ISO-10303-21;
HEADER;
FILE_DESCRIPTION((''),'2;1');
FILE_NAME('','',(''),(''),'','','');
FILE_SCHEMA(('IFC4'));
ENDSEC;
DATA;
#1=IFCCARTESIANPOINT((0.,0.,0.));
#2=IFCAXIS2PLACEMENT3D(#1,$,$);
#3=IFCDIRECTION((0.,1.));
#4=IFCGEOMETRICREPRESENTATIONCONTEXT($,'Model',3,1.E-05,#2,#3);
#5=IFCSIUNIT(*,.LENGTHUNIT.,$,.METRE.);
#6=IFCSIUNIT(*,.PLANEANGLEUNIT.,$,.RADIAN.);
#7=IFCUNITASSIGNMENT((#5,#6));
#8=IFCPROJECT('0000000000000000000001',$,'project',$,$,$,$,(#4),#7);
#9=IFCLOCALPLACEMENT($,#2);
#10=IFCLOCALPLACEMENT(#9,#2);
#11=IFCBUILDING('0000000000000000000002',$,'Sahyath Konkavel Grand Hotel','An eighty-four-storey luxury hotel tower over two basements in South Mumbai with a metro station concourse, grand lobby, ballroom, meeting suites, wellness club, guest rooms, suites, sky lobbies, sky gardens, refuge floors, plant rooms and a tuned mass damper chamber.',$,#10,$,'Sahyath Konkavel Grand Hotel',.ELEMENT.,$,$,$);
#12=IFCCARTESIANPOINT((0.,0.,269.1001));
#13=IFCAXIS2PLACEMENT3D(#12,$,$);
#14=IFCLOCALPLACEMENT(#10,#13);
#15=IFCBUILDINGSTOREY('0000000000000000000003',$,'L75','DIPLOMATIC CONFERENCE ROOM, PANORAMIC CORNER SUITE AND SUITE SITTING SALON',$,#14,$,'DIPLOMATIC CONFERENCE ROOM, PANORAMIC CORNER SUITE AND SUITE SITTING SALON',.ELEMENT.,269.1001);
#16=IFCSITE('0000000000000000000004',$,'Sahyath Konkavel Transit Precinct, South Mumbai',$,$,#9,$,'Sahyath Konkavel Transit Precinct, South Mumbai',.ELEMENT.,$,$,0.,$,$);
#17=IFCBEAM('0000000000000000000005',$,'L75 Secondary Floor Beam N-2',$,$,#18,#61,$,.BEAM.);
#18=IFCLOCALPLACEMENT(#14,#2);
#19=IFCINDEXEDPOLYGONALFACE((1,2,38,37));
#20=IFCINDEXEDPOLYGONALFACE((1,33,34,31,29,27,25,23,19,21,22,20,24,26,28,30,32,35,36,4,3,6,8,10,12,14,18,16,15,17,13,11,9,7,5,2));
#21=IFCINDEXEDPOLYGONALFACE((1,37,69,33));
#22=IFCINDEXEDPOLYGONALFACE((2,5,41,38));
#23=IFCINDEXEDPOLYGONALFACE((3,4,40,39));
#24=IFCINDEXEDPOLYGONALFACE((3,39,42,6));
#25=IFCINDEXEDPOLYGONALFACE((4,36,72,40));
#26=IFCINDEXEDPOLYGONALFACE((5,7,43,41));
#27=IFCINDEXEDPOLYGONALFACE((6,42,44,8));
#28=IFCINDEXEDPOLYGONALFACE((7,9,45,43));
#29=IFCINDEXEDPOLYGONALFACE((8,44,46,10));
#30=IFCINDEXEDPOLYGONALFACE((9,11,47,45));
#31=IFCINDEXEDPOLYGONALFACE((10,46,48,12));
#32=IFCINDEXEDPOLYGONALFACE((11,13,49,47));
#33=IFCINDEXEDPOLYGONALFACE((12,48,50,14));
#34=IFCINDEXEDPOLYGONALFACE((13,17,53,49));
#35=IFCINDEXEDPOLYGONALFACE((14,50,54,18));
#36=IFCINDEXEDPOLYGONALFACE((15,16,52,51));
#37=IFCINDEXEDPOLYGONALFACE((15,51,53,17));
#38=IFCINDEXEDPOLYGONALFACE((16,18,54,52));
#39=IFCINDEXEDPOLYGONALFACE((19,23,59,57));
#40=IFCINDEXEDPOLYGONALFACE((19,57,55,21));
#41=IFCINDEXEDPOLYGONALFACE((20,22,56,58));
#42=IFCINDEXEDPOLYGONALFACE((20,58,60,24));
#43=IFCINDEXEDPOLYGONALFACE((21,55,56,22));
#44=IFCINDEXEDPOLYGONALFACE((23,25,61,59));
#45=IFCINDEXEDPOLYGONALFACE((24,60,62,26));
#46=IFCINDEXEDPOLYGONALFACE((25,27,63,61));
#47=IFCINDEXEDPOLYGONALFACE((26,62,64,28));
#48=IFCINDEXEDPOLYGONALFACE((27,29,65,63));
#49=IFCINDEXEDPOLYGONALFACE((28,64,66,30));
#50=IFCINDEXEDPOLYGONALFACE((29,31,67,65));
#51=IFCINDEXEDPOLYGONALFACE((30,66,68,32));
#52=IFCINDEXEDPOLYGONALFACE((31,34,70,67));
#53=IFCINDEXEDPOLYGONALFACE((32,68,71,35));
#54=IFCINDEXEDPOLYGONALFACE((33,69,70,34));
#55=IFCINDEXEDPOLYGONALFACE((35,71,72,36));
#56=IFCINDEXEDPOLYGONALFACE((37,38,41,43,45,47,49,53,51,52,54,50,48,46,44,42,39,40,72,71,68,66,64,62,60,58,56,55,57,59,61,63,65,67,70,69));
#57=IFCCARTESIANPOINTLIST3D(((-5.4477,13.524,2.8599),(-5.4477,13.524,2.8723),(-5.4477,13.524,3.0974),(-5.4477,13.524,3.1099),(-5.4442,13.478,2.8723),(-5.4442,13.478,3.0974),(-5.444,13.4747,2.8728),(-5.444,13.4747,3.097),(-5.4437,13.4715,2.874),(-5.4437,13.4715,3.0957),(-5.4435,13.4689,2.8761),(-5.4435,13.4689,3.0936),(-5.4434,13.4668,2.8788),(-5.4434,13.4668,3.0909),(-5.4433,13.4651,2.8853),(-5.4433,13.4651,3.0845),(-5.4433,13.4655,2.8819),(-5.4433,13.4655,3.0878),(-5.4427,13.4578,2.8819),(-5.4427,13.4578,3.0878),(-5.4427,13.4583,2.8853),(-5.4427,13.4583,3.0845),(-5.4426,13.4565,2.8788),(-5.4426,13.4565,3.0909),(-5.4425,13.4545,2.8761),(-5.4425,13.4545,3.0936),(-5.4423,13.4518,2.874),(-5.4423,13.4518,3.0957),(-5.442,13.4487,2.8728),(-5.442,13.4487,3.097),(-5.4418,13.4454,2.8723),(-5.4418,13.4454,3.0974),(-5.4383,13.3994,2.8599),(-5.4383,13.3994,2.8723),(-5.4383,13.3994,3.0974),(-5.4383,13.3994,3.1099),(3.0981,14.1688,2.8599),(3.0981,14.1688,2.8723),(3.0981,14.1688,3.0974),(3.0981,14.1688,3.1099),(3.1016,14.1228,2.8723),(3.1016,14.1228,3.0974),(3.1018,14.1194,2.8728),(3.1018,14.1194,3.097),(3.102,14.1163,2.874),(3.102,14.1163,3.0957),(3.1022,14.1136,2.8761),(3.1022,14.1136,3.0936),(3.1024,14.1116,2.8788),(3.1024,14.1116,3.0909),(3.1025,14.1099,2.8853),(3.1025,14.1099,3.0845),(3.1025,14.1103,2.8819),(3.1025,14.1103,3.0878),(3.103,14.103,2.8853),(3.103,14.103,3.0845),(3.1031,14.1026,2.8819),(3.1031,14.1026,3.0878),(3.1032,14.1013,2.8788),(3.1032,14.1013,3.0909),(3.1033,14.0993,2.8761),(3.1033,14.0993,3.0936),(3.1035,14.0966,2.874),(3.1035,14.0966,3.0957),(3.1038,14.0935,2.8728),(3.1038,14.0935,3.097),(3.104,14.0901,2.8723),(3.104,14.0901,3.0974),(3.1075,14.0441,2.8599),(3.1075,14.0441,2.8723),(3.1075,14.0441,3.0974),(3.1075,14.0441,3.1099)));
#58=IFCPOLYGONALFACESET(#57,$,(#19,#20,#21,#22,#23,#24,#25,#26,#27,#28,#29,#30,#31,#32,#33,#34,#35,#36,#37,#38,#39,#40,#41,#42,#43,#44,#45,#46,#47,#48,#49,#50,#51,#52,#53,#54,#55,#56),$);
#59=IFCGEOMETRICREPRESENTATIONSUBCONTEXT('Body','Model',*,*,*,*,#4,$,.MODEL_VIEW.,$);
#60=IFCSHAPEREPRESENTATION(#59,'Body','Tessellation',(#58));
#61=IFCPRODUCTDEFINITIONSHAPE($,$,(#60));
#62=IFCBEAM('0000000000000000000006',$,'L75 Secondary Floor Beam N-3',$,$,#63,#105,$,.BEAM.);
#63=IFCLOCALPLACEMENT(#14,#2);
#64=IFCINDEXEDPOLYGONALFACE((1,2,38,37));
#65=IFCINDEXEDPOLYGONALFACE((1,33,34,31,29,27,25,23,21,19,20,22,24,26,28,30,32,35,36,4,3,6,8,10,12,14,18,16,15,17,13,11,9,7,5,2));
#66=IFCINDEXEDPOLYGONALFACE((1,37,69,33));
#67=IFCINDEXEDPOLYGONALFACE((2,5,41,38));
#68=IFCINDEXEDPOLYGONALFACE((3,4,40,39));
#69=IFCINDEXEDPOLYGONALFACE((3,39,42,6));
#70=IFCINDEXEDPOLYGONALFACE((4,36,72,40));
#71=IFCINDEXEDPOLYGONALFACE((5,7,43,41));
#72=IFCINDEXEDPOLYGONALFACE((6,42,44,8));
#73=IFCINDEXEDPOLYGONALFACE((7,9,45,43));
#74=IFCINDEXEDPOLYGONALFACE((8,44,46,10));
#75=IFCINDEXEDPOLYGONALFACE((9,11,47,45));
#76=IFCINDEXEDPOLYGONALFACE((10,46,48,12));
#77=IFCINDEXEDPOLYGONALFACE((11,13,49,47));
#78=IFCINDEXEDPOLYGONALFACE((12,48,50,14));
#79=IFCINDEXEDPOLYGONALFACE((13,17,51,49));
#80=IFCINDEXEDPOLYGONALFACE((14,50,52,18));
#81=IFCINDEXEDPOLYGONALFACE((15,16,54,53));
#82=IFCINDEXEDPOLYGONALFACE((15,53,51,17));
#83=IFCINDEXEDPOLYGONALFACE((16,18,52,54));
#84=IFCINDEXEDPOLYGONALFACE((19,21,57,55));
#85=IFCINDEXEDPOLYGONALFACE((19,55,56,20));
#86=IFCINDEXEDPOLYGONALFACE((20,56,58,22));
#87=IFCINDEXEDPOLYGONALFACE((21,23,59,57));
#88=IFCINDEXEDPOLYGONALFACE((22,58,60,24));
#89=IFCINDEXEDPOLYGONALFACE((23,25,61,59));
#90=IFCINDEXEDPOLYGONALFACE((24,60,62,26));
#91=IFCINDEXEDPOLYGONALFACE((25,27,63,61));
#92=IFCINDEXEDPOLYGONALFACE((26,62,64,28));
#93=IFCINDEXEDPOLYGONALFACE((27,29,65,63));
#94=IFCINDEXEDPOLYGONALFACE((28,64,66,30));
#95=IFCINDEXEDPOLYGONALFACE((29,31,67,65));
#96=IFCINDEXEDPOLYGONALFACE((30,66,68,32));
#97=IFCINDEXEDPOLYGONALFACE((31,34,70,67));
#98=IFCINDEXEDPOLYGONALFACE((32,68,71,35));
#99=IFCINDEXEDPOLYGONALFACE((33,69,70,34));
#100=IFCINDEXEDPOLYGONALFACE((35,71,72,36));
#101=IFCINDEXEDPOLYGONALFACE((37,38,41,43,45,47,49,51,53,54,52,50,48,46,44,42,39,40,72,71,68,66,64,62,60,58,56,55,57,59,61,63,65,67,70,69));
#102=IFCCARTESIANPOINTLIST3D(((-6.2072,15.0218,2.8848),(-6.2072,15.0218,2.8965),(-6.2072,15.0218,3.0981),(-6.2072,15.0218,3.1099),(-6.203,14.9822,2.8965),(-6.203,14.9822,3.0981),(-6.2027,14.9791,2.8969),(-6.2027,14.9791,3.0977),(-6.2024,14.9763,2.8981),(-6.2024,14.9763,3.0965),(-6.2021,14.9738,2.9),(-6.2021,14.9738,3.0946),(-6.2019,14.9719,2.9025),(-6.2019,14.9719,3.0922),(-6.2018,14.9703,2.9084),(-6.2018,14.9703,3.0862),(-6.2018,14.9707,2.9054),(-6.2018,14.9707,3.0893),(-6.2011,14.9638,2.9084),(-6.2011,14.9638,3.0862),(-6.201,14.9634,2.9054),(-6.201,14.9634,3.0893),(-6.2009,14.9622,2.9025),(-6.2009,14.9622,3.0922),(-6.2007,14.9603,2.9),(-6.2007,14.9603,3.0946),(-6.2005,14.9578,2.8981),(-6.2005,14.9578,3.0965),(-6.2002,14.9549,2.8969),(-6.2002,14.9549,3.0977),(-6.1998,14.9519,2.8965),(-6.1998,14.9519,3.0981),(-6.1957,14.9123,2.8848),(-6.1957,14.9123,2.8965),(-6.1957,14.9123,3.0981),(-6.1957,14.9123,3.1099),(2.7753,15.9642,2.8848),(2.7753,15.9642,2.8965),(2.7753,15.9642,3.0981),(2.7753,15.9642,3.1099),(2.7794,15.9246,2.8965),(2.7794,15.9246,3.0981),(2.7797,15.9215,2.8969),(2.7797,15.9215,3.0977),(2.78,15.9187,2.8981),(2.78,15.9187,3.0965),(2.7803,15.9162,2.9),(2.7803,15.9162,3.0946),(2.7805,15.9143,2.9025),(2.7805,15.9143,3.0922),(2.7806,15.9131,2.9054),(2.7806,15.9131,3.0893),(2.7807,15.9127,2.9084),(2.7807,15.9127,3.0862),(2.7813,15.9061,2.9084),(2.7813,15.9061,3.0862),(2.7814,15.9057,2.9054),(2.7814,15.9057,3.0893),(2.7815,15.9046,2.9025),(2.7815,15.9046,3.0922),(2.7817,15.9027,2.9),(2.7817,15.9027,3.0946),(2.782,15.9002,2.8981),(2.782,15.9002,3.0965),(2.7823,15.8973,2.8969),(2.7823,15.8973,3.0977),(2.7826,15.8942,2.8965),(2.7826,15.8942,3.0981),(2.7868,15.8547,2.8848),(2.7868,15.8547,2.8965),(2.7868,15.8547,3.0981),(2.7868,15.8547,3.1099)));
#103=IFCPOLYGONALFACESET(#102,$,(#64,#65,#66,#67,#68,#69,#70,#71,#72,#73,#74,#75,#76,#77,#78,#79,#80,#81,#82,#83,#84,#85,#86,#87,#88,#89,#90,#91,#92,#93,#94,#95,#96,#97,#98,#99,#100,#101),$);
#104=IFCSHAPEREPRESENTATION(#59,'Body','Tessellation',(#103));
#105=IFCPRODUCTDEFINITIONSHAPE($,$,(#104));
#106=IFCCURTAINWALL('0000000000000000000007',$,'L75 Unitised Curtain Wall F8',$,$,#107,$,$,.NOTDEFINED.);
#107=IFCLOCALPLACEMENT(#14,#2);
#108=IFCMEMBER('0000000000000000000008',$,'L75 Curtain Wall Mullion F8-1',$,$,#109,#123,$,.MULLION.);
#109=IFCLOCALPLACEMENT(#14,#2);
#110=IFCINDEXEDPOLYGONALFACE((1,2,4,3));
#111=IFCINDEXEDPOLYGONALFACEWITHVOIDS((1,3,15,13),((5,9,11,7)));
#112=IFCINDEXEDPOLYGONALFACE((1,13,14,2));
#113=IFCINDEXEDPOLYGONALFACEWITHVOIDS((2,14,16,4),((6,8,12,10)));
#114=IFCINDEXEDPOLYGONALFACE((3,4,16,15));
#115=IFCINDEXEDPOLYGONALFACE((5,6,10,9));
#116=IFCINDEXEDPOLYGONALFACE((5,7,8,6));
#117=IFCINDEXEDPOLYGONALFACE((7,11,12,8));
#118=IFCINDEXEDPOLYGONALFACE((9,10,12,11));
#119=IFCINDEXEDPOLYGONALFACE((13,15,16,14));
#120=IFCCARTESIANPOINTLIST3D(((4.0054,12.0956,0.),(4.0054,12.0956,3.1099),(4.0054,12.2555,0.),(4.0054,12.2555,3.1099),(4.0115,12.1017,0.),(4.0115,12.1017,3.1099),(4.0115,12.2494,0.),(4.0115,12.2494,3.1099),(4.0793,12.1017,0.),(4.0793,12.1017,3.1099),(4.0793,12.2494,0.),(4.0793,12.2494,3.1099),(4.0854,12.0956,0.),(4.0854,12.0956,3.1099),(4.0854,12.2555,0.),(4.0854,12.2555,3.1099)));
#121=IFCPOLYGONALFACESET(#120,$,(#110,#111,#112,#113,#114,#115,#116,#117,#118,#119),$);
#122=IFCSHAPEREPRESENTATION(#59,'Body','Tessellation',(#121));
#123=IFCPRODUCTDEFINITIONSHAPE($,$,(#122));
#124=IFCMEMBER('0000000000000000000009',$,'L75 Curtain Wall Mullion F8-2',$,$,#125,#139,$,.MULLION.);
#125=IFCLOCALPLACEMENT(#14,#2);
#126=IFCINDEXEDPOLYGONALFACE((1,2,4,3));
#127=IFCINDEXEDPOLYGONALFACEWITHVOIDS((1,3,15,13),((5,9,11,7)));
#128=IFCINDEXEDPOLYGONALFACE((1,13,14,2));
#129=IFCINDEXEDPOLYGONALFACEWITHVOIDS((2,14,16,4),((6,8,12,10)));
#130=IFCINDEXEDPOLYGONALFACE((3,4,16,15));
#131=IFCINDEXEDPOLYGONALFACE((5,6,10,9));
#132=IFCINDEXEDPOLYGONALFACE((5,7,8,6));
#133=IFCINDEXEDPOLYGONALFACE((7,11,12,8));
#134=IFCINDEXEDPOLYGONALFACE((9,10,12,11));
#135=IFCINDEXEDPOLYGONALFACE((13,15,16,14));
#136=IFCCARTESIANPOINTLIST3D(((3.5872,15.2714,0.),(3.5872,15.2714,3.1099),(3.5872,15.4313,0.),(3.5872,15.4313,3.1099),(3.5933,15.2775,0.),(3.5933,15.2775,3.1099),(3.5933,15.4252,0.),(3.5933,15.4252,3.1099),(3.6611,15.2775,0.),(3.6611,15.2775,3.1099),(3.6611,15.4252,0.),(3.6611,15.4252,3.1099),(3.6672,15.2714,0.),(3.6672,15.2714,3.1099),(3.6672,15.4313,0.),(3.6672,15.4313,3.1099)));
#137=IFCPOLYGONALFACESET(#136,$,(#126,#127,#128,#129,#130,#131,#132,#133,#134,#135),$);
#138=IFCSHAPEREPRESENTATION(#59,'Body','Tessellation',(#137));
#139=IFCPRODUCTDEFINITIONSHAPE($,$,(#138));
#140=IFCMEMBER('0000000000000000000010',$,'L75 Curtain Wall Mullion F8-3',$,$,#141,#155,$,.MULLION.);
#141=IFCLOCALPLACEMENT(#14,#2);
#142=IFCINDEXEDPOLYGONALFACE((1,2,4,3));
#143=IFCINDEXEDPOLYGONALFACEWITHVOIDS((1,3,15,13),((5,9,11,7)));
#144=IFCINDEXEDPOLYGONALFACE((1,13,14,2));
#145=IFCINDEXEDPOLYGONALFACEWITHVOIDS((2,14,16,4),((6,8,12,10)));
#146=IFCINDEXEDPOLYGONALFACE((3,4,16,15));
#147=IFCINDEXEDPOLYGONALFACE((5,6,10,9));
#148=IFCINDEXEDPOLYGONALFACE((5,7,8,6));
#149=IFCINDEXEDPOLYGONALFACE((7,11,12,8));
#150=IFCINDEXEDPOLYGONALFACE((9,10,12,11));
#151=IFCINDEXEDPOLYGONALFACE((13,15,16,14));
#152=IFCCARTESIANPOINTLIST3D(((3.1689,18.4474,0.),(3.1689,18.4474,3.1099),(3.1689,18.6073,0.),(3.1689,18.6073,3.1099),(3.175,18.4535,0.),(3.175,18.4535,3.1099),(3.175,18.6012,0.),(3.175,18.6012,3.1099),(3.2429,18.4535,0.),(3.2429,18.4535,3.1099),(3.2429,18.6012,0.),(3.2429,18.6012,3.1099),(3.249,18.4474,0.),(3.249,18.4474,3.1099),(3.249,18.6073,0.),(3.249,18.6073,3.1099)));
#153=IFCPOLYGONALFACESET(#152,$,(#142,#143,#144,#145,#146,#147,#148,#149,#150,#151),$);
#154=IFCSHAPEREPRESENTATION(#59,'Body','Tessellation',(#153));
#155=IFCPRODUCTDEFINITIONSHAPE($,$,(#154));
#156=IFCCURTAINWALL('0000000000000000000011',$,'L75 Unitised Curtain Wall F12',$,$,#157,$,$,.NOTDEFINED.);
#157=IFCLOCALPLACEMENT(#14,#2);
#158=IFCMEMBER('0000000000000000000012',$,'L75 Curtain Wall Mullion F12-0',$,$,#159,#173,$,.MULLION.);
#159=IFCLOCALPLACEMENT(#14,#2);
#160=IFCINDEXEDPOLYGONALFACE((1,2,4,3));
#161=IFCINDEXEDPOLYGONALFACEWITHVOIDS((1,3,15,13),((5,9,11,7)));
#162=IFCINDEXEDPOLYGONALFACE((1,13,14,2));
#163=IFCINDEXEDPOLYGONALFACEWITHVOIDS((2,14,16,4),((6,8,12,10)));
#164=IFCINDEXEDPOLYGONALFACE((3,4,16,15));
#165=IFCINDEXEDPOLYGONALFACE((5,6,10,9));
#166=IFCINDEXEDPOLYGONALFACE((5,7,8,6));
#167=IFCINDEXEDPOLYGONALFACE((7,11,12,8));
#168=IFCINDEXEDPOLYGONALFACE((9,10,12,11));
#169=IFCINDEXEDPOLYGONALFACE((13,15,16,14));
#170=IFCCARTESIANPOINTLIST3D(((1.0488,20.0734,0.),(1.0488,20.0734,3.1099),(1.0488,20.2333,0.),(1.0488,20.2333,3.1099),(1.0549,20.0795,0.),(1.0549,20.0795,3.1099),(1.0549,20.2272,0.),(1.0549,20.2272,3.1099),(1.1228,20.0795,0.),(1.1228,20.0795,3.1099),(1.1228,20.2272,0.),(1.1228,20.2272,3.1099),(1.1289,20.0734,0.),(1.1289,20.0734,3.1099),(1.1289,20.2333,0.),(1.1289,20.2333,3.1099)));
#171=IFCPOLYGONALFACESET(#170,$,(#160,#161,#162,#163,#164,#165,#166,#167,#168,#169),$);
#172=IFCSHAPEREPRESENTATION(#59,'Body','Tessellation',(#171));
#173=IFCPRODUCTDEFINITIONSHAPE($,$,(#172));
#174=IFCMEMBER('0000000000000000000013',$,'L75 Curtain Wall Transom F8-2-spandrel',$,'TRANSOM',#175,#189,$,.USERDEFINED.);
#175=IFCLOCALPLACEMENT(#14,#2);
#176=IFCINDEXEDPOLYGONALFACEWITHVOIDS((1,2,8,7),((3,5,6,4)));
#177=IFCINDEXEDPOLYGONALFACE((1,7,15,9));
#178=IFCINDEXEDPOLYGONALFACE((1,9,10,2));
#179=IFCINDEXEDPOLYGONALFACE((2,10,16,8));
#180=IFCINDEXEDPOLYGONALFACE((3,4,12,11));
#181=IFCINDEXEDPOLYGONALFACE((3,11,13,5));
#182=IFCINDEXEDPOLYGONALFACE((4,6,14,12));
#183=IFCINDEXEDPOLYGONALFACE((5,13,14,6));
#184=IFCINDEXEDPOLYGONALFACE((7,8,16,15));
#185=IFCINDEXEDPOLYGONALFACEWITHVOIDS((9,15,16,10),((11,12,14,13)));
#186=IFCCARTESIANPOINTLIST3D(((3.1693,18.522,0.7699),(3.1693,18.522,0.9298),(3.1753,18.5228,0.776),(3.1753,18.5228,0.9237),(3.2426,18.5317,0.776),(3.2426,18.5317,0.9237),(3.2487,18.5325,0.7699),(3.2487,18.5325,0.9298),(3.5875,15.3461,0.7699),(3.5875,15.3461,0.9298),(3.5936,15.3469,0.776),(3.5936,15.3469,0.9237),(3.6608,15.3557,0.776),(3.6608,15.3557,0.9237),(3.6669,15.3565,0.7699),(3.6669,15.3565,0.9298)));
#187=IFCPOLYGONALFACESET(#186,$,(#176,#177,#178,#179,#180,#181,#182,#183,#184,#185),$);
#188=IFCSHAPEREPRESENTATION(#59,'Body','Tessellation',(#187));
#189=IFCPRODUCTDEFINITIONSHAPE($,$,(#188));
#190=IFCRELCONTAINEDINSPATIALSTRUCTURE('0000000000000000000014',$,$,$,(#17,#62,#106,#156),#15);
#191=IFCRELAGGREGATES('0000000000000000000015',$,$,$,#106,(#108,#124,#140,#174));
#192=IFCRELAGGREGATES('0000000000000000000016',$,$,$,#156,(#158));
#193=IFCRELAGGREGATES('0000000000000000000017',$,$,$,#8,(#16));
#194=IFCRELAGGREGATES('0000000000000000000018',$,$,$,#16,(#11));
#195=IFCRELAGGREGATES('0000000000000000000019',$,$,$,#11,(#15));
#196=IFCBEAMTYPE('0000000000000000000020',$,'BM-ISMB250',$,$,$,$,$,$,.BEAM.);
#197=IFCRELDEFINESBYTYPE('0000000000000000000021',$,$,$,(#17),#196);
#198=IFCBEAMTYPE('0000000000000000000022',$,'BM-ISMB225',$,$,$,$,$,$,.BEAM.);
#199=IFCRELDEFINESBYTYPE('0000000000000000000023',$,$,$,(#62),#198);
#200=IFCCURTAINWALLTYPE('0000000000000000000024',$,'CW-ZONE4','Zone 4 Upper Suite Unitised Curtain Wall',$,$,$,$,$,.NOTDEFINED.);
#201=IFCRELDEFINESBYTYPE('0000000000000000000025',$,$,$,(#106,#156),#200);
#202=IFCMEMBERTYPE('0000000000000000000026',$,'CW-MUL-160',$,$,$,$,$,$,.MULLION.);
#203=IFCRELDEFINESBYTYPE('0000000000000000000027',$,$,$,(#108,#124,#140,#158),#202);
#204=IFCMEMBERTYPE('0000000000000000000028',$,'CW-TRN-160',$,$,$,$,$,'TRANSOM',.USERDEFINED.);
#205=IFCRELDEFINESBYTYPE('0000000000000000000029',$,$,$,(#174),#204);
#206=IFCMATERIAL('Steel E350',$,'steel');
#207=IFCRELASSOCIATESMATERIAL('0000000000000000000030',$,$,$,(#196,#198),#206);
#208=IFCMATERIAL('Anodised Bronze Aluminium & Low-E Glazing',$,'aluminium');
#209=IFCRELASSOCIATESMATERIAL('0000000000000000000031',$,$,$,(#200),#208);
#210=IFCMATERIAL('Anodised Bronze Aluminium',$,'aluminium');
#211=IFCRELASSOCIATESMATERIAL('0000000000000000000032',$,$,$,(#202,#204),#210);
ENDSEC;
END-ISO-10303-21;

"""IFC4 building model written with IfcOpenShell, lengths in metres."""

from ifc_helpers import new_model, si_unit, direction, frame, origin, origin_2d, place, context, subcontext, project, spatial, hollow_rectangle, i_section, extrude, source, transform, mapped, material, material_profile, profile_set, type_object, element, aggregate, save


model = new_model("IFC4")

# Units and contexts
model_context = context("Model", 3, precision=1e-05, world=origin(), true_north=direction((0.0, 1.0)))
body_context = subcontext(model_context, "Body", "Model", "MODEL_VIEW")
ifc_project = project(units=[si_unit("LENGTHUNIT", "METRE"), si_unit("PLANEANGLEUNIT", "RADIAN")], contexts=[model_context])

# Site, building, storey
site_placement = place(None, origin())
site = spatial("IfcSite", under=ifc_project, at=site_placement, Name="Sahyath Konkavel Transit Precinct, South Mumbai", LongName="Sahyath Konkavel Transit Precinct, South Mumbai", CompositionType="ELEMENT", RefElevation=0.0)
building_placement = place(site_placement, origin())
building = spatial("IfcBuilding", under=site, at=building_placement, Name="Sahyath Konkavel Grand Hotel", Description="An eighty-four-storey luxury hotel tower over two basements in South Mumbai with a metro station concourse, grand lobby, ballroom, meeting suites, wellness club, guest rooms, suites, sky lobbies, sky gardens, refuge floors, plant rooms and a tuned mass damper chamber.", LongName="Sahyath Konkavel Grand Hotel", CompositionType="ELEMENT")
storey_placement = place(building_placement, frame((0.0, 0.0, 269.1001)))
storey = spatial("IfcBuildingStorey", under=building, at=storey_placement, Name="L75", Description="DIPLOMATIC CONFERENCE ROOM, PANORAMIC CORNER SUITE AND SUITE SITTING SALON", LongName="DIPLOMATIC CONFERENCE ROOM, PANORAMIC CORNER SUITE AND SUITE SITTING SALON", CompositionType="ELEMENT", Elevation=269.1001)

# Beams
ifc_material_1 = material(Name="Steel E350", Category="steel")
ifc_material_profile_1 = material_profile(ifc_material_1, i_section(OverallWidth=0.125, OverallDepth=0.25, WebThickness=0.0068, FlangeThickness=0.0125, FilletRadius=0.0129, at=origin_2d()), Name="ISMB 250")
ifc_profile_set_1 = profile_set([ifc_material_profile_1], Name="Steel E350")
beam_type_1 = type_object("IfcBeamType", Name="BM-ISMB250", PredefinedType="BEAM", material=ifc_profile_set_1)
shared_shape_1 = source(origin(), body_context, "Body", "SweptSolid", [
    extrude(i_section(OverallWidth=0.125, OverallDepth=0.25, WebThickness=0.0068, FlangeThickness=0.0125, FilletRadius=0.0129, at=origin_2d()), origin(), (0.0, 0.0, 1.0), 8.5701),
])
beam_1_placement = place(storey_placement, frame((3.1028, 14.1064, 2.9849), z_axis=(-0.997166, -0.075235, 0.0), x_axis=(0.075235, -0.997166, 0.0)))
element("IfcBeam", 1, at=beam_1_placement, inside=storey, type_object=beam_type_1, Name="L75 Secondary Floor Beam N-2", PredefinedType="BEAM", context=body_context, shape_type="MappedRepresentation", body=[
    mapped(shared_shape_1, transform((0.0, 0.0, 0.0), scale=1.0)),
])
ifc_material_profile_2 = material_profile(ifc_material_1, i_section(OverallWidth=0.1101, OverallDepth=0.2251, WebThickness=0.0066, FlangeThickness=0.0117, FilletRadius=0.012, at=origin_2d()), Name="ISMB 225")
ifc_profile_set_2 = profile_set([ifc_material_profile_2], Name="Steel E350")
beam_type_2 = type_object("IfcBeamType", Name="BM-ISMB225", PredefinedType="BEAM", material=ifc_profile_set_2)
shared_shape_2 = source(origin(), body_context, "Body", "SweptSolid", [
    extrude(i_section(OverallWidth=0.1101, OverallDepth=0.2251, WebThickness=0.0066, FlangeThickness=0.0117, FilletRadius=0.012, at=origin_2d()), origin(), (0.0, 0.0, 1.0), 9.0317),
])
beam_2_placement = place(storey_placement, frame((2.781, 15.9094, 2.9973), z_axis=(-0.994542, -0.104341, 0.0), x_axis=(0.104341, -0.994542, 0.0)))
element("IfcBeam", 2, at=beam_2_placement, inside=storey, type_object=beam_type_2, Name="L75 Secondary Floor Beam N-3", PredefinedType="BEAM", context=body_context, shape_type="MappedRepresentation", body=[
    mapped(shared_shape_2, transform((0.0, 0.0, 0.0), scale=1.0)),
])

# Curtain wall, members
ifc_material_2 = material(Name="Anodised Bronze Aluminium & Low-E Glazing", Category="aluminium")
curtain_wall_type = type_object("IfcCurtainWallType", Name="CW-ZONE4", Description="Zone 4 Upper Suite Unitised Curtain Wall", PredefinedType="NOTDEFINED", material=ifc_material_2)
curtain_wall_1_placement = place(storey_placement, origin())
curtain_wall_1 = element("IfcCurtainWall", 3, at=curtain_wall_1_placement, inside=storey, type_object=curtain_wall_type, Name="L75 Unitised Curtain Wall F8", PredefinedType="NOTDEFINED")
ifc_material_3 = material(Name="Anodised Bronze Aluminium", Category="aluminium")
ifc_material_profile_3 = material_profile(ifc_material_3, hollow_rectangle(XDim=0.0801, YDim=0.1599, WallThickness=0.0061, at=origin_2d()), Name="RHS 160x80x6")
ifc_profile_set_3 = profile_set([ifc_material_profile_3], Name="Anodised Bronze Aluminium")
member_type_1 = type_object("IfcMemberType", Name="CW-MUL-160", PredefinedType="MULLION", material=ifc_profile_set_3)
shared_shape_3 = source(origin(), body_context, "Body", "SweptSolid", [
    extrude(hollow_rectangle(XDim=0.0801, YDim=0.1599, WallThickness=0.0061, at=origin_2d()), origin(), (0.0, 0.0, 1.0), 3.1099),
])
member_1_placement = place(storey_placement, frame((4.0454, 12.1755, 0.0), z_axis=(0.0, 0.0, 1.0), x_axis=(1.0, 0.0, 0.0)))
member_1 = element("IfcMember", 4, at=member_1_placement, type_object=member_type_1, Name="L75 Curtain Wall Mullion F8-1", PredefinedType="MULLION", context=body_context, shape_type="MappedRepresentation", body=[
    mapped(shared_shape_3, transform((0.0, 0.0, 0.0), scale=1.0)),
])
member_2_placement = place(storey_placement, frame((3.6272, 15.3513, 0.0), z_axis=(0.0, 0.0, 1.0), x_axis=(1.0, 0.0, 0.0)))
member_2 = element("IfcMember", 5, at=member_2_placement, type_object=member_type_1, Name="L75 Curtain Wall Mullion F8-2", PredefinedType="MULLION", context=body_context, shape_type="MappedRepresentation", body=[
    mapped(shared_shape_3, transform((0.0, 0.0, 0.0), scale=1.0)),
])
member_3_placement = place(storey_placement, frame((3.209, 18.5273, 0.0), z_axis=(0.0, 0.0, 1.0), x_axis=(1.0, 0.0, 0.0)))
member_3 = element("IfcMember", 6, at=member_3_placement, type_object=member_type_1, Name="L75 Curtain Wall Mullion F8-3", PredefinedType="MULLION", context=body_context, shape_type="MappedRepresentation", body=[
    mapped(shared_shape_3, transform((0.0, 0.0, 0.0), scale=1.0)),
])

# Curtain wall, member
curtain_wall_2_placement = place(storey_placement, origin())
curtain_wall_2 = element("IfcCurtainWall", 7, at=curtain_wall_2_placement, inside=storey, type_object=curtain_wall_type, Name="L75 Unitised Curtain Wall F12", PredefinedType="NOTDEFINED")
member_4_placement = place(storey_placement, frame((1.0889, 20.1533, 0.0), z_axis=(0.0, 0.0, 1.0), x_axis=(1.0, 0.0, 0.0)))
member_4 = element("IfcMember", 8, at=member_4_placement, type_object=member_type_1, Name="L75 Curtain Wall Mullion F12-0", PredefinedType="MULLION", context=body_context, shape_type="MappedRepresentation", body=[
    mapped(shared_shape_3, transform((0.0, 0.0, 0.0), scale=1.0)),
])

# Member
ifc_material_profile_4 = material_profile(ifc_material_3, hollow_rectangle(XDim=0.0801, YDim=0.1599, WallThickness=0.0061, at=origin_2d()), Name="RHS 160x80x6")
ifc_profile_set_4 = profile_set([ifc_material_profile_4], Name="Anodised Bronze Aluminium")
member_type_2 = type_object("IfcMemberType", Name="CW-TRN-160", ElementType="TRANSOM", PredefinedType="USERDEFINED", material=ifc_profile_set_4)
shared_shape_4 = source(origin(), body_context, "Body", "SweptSolid", [
    extrude(hollow_rectangle(XDim=0.0801, YDim=0.1599, WallThickness=0.0061, at=origin_2d()), origin(), (0.0, 0.0, 1.0), 3.2034),
])
member_5_placement = place(storey_placement, frame((3.6272, 15.3513, 0.8499), z_axis=(-0.130551, 0.991442, 0.0), x_axis=(-0.991442, -0.130551, 0.0)))
member_5 = element("IfcMember", 9, at=member_5_placement, type_object=member_type_2, Name="L75 Curtain Wall Transom F8-2-spandrel", ObjectType="TRANSOM", PredefinedType="USERDEFINED", context=body_context, shape_type="MappedRepresentation", body=[
    mapped(shared_shape_4, transform((0.0, 0.0, 0.0), scale=1.0)),
])

aggregate(curtain_wall_1, [member_1, member_2, member_3, member_5])
aggregate(curtain_wall_2, [member_4])

save(model, "model.ifc")
